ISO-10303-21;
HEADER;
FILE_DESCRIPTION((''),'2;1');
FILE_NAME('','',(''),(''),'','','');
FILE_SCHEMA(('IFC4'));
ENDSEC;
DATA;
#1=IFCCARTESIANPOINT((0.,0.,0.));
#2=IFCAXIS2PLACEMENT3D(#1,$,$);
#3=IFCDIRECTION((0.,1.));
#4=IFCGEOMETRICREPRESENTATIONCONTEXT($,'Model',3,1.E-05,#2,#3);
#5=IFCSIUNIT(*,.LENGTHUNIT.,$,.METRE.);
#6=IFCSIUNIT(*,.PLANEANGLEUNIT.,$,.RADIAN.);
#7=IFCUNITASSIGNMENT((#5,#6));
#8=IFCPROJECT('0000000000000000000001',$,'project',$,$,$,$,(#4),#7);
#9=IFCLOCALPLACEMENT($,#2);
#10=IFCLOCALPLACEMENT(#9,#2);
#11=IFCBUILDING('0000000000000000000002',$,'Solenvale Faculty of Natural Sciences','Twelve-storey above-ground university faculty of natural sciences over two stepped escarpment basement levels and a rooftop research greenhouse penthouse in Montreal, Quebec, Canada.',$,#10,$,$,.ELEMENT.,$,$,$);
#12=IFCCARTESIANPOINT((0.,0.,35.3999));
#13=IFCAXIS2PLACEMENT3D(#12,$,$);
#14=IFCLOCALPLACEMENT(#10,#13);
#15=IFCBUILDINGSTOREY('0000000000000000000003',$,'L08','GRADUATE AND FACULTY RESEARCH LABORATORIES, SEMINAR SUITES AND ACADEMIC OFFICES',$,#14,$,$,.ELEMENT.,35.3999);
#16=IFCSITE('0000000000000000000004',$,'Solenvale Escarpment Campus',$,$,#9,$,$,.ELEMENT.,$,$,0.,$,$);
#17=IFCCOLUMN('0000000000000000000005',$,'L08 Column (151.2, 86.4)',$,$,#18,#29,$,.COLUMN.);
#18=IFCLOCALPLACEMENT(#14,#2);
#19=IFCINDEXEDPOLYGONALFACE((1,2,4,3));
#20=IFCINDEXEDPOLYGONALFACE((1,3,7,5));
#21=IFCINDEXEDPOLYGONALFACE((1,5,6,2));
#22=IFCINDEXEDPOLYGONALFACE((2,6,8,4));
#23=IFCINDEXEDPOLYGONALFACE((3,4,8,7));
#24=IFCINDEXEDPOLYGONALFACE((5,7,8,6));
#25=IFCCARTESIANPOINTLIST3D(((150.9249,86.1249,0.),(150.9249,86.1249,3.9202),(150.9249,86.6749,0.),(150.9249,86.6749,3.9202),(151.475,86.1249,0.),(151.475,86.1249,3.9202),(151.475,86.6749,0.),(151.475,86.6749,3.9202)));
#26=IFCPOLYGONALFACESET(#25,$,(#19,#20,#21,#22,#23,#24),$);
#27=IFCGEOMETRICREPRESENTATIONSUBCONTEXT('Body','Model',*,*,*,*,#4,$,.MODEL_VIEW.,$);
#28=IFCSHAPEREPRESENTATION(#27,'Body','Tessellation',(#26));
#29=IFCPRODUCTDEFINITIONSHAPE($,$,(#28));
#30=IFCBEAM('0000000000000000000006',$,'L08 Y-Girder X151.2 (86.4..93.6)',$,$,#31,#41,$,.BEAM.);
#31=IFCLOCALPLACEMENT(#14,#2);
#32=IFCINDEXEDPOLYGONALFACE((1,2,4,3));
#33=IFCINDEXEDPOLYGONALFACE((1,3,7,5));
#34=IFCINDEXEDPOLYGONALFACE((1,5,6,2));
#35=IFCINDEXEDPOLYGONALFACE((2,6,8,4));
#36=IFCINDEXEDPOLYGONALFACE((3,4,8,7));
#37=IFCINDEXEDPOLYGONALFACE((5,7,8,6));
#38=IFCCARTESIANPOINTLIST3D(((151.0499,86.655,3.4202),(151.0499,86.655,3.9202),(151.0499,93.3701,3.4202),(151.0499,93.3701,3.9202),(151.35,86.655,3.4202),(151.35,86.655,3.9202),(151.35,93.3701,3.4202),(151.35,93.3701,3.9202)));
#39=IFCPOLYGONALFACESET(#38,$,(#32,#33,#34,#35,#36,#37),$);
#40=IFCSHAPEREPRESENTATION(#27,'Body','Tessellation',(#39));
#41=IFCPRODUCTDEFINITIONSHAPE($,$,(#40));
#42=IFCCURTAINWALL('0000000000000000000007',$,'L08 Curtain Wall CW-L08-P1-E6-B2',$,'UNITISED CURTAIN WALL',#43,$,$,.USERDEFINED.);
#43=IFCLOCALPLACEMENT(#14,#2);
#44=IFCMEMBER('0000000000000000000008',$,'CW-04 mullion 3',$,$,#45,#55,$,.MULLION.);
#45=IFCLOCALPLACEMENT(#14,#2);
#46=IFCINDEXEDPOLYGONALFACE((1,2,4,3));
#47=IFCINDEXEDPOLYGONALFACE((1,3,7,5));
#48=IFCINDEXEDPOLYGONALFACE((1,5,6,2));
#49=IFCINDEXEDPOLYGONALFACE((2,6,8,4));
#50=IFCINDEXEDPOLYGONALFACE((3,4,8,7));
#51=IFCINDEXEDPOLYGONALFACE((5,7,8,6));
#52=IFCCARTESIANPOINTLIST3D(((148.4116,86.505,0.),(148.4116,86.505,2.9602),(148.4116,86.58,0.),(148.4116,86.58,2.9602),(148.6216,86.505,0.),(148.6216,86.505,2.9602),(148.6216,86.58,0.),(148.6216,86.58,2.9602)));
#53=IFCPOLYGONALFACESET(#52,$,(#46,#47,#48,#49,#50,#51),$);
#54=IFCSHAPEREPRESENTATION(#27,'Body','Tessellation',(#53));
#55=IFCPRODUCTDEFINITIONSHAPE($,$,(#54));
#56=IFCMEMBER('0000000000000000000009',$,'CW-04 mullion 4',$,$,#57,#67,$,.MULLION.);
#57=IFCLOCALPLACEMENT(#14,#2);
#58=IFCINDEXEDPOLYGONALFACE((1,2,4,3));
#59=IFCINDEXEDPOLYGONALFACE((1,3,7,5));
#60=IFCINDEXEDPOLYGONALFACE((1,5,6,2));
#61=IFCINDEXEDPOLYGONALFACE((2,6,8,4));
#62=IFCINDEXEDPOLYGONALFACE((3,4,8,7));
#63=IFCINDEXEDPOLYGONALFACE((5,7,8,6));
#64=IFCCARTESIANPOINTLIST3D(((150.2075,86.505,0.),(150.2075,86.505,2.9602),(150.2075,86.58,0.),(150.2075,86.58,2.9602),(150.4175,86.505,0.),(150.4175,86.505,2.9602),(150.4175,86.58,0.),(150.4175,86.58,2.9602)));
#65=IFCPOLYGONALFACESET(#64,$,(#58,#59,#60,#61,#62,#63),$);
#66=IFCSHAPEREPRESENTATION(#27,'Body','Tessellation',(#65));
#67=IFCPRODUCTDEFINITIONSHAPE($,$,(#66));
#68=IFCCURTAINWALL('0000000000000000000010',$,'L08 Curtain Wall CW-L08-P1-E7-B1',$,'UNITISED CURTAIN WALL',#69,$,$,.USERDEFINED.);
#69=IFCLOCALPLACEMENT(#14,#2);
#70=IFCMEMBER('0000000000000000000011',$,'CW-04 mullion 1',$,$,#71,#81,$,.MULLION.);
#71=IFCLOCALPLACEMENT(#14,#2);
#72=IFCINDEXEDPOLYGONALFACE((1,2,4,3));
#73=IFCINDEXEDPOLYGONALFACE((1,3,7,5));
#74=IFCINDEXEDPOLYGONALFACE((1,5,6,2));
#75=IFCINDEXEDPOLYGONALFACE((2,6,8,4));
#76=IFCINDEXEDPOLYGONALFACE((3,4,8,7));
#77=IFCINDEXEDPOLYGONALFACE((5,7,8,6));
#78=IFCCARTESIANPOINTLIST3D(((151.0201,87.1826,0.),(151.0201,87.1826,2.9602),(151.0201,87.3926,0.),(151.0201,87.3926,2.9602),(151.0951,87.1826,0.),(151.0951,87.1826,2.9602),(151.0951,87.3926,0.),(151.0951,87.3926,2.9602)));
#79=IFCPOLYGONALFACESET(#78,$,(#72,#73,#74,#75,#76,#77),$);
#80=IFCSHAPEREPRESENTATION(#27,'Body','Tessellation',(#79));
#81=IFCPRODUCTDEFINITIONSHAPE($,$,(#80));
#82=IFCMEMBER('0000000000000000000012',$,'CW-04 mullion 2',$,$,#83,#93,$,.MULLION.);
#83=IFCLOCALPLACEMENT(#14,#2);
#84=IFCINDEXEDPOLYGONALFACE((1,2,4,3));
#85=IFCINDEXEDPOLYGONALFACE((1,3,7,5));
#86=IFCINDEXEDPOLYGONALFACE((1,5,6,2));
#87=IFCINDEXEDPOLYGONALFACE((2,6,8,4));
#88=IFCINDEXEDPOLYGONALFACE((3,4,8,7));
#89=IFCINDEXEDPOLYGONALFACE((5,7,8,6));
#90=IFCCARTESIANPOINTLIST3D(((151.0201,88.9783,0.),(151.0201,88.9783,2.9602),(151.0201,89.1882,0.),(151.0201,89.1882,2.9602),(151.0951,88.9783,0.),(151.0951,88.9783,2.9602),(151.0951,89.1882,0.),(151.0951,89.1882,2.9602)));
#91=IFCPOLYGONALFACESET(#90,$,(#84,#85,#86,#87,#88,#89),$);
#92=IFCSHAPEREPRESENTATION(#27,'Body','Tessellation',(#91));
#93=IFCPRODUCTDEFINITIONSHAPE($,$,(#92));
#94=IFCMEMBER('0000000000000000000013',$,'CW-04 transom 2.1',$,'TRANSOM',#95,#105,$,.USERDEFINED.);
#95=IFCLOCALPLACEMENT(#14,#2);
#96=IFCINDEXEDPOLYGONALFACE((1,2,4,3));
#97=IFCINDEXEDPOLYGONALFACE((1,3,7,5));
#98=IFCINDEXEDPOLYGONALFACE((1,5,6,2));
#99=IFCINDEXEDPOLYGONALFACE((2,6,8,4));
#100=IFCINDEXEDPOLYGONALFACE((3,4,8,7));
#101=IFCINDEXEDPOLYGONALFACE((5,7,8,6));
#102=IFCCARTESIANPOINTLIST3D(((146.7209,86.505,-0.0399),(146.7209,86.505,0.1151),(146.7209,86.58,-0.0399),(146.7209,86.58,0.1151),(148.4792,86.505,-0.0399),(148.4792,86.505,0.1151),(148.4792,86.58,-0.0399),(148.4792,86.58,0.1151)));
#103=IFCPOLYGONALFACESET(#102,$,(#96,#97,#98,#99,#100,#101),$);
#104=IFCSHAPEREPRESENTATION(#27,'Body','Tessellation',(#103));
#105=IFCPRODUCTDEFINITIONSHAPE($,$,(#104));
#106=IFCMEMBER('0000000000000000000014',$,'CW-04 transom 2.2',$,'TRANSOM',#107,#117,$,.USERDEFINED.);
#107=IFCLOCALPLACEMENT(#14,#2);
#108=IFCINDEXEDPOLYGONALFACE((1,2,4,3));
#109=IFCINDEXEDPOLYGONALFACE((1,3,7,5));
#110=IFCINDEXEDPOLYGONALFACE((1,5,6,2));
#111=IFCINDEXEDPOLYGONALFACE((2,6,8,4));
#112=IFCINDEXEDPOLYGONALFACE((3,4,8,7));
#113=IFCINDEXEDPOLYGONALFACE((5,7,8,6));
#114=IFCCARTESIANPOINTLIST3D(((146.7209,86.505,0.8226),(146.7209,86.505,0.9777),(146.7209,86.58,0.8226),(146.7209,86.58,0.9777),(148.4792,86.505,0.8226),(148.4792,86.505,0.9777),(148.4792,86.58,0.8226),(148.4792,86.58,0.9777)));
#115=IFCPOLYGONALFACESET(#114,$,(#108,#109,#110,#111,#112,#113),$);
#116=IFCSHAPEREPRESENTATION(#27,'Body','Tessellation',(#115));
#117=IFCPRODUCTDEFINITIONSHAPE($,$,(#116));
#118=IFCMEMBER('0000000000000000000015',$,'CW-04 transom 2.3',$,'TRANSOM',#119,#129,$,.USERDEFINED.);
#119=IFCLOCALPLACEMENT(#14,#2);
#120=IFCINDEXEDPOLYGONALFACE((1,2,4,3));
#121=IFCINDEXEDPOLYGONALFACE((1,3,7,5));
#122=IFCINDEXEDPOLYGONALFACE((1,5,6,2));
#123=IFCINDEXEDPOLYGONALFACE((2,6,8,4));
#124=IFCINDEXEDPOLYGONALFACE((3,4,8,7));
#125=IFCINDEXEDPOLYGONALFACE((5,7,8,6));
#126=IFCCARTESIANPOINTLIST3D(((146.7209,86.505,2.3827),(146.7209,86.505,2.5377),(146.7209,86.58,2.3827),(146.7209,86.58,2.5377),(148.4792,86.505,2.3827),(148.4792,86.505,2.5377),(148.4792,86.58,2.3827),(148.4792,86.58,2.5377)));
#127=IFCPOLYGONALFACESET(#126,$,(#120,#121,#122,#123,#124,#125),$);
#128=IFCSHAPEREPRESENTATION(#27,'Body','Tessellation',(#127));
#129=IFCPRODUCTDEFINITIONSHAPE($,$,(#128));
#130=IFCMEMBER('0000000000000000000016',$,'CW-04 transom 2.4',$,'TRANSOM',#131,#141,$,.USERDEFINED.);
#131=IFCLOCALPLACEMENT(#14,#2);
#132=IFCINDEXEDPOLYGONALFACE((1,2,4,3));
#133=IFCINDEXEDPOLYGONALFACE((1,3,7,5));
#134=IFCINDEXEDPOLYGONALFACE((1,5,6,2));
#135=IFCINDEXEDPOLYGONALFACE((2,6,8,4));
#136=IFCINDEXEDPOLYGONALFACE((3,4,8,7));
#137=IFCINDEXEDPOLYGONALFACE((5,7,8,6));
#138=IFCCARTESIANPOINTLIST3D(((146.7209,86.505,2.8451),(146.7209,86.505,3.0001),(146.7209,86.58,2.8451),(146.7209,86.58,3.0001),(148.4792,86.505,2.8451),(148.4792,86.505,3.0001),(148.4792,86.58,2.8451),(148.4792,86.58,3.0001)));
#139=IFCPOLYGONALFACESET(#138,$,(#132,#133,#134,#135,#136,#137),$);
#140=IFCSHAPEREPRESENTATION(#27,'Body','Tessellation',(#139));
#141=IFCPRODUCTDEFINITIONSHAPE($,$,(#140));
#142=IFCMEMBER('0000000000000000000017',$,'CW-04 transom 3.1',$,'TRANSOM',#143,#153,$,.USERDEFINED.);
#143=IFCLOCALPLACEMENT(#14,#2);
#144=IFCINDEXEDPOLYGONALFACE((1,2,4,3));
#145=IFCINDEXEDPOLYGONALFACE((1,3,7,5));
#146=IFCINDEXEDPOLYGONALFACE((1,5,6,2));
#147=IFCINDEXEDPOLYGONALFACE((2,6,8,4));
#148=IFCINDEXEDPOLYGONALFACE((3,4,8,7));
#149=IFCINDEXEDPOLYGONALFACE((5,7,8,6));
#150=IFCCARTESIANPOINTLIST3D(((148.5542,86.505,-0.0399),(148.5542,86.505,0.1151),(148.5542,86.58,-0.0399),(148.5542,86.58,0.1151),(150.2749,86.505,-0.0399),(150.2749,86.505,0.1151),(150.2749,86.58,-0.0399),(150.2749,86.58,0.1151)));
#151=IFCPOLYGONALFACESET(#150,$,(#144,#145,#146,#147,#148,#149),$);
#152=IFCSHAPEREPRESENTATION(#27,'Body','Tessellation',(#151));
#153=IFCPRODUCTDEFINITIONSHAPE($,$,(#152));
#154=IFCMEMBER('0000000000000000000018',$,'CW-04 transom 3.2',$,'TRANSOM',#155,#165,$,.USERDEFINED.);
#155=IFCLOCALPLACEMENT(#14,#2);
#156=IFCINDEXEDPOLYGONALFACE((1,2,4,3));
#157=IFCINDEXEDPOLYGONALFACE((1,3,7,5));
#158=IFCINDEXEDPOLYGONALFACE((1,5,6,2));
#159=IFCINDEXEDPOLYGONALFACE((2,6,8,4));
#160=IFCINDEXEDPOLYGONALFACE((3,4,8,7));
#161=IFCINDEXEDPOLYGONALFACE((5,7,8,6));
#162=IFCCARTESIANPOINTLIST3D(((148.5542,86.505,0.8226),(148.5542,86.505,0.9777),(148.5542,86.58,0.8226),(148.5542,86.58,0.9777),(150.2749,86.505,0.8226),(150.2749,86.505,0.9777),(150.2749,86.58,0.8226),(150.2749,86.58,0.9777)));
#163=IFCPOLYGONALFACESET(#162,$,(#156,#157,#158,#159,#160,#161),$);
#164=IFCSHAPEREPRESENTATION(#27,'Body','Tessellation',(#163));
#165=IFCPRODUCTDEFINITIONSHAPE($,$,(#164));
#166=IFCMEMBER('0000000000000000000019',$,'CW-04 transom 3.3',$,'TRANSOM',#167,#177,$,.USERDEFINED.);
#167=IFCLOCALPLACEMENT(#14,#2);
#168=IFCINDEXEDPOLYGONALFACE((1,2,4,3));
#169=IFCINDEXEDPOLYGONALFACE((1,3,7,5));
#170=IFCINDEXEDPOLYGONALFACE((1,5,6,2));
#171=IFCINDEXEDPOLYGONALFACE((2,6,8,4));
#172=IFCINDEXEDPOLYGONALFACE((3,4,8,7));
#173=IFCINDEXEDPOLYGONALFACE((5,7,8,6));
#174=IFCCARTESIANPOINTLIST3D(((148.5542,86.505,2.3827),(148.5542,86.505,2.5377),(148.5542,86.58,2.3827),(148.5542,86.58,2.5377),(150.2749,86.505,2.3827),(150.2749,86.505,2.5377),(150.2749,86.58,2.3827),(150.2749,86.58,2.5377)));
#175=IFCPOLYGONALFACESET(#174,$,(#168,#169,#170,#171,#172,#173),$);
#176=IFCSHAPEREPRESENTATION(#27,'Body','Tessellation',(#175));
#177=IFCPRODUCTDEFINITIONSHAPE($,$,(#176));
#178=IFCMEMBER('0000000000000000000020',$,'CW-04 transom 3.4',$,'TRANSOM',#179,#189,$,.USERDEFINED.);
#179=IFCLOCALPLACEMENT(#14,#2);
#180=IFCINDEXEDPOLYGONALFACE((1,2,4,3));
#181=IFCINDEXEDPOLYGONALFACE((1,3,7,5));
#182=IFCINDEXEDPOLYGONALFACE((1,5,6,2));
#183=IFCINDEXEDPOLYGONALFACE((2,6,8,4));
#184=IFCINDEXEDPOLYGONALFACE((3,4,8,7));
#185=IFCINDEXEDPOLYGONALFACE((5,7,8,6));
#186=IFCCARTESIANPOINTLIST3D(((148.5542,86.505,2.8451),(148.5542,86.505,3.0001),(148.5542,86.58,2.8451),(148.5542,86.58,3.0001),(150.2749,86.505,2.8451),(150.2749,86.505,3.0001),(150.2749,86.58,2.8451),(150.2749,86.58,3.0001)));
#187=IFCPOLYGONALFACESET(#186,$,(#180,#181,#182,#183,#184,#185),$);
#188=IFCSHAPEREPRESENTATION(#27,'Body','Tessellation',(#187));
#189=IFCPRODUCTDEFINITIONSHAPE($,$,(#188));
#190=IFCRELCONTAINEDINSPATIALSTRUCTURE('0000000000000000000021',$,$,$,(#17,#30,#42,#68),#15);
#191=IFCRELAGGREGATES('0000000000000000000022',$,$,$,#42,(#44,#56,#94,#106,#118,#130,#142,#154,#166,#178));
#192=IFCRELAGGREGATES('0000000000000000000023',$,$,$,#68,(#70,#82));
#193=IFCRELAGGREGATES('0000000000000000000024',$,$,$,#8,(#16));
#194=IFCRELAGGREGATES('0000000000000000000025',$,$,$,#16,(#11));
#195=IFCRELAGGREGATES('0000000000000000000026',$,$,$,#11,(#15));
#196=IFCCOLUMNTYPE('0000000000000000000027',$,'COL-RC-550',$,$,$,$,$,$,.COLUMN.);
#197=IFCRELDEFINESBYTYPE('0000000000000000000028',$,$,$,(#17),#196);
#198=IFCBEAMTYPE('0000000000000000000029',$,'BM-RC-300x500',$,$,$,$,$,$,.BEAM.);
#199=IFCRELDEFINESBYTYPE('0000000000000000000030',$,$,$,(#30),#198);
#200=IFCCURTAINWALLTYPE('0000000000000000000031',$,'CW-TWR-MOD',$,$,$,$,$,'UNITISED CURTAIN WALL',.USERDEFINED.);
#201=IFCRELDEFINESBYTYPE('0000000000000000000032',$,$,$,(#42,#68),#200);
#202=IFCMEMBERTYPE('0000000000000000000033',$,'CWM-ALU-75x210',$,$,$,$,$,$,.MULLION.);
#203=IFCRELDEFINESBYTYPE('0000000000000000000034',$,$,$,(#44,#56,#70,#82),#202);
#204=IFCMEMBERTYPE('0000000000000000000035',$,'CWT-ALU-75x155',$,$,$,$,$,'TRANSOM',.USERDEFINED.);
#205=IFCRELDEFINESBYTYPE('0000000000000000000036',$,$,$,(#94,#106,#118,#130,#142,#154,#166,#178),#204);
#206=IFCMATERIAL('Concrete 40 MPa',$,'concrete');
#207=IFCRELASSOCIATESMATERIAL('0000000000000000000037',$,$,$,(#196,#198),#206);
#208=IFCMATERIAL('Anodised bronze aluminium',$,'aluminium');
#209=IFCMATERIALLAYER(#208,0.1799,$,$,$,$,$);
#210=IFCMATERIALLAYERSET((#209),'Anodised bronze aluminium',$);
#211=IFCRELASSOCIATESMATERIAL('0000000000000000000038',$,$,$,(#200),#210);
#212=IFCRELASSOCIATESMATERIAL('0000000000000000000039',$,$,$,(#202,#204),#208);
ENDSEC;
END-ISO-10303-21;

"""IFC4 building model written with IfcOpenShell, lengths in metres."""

from ifc_helpers import new_model, si_unit, direction, frame, origin, origin_2d, place, context, subcontext, project, spatial, rectangle, extrude, material, layer, layer_set, material_profile, profile_set, type_object, element, aggregate, save


model = new_model("IFC4")

# Units and contexts
model_context = context("Model", 3, precision=1e-05, world=origin(), true_north=direction((0.0, 1.0)))
body_context = subcontext(model_context, "Body", "Model", "MODEL_VIEW")
ifc_project = project(units=[si_unit("LENGTHUNIT", "METRE"), si_unit("PLANEANGLEUNIT", "RADIAN")], contexts=[model_context])

# Site, building, storey
site_placement = place(None, origin())
site = spatial("IfcSite", under=ifc_project, at=site_placement, Name="Solenvale Escarpment Campus", CompositionType="ELEMENT", RefElevation=0.0)
building_placement = place(site_placement, origin())
building = spatial("IfcBuilding", under=site, at=building_placement, Name="Solenvale Faculty of Natural Sciences", Description="Twelve-storey above-ground university faculty of natural sciences over two stepped escarpment basement levels and a rooftop research greenhouse penthouse in Montreal, Quebec, Canada.", CompositionType="ELEMENT")
storey_placement = place(building_placement, frame((0.0, 0.0, 35.3999)))
storey = spatial("IfcBuildingStorey", under=building, at=storey_placement, Name="L08", Description="GRADUATE AND FACULTY RESEARCH LABORATORIES, SEMINAR SUITES AND ACADEMIC OFFICES", CompositionType="ELEMENT", Elevation=35.3999)

# Column
ifc_material_1 = material(Name="Concrete 40 MPa", Category="concrete")
ifc_material_profile_1 = material_profile(ifc_material_1, rectangle(XDim=0.55, YDim=0.55, at=origin_2d()), Name="RC-COL-550x550")
ifc_profile_set_1 = profile_set([ifc_material_profile_1], Name="Concrete 40 MPa")
column_type = type_object("IfcColumnType", Name="COL-RC-550", PredefinedType="COLUMN", material=ifc_profile_set_1)
column_placement = place(storey_placement, frame((151.2, 86.3999, 0.0), z_axis=(0.0, 0.0, 1.0), x_axis=(1.0, 0.0, 0.0)))
element("IfcColumn", 1, at=column_placement, inside=storey, type_object=column_type, Name="L08 Column (151.2, 86.4)", PredefinedType="COLUMN", context=body_context, shape_type="SweptSolid", body=[
    extrude(rectangle(XDim=0.55, YDim=0.55, at=origin_2d()), origin(), (0.0, 0.0, 1.0), 3.9202),
])

# Beam
ifc_material_profile_2 = material_profile(ifc_material_1, rectangle(XDim=0.3, YDim=0.5, at=origin_2d()), Name="RC-BM-300x500")
ifc_profile_set_2 = profile_set([ifc_material_profile_2], Name="Concrete 40 MPa")
beam_type = type_object("IfcBeamType", Name="BM-RC-300x500", PredefinedType="BEAM", material=ifc_profile_set_2)
beam_placement = place(storey_placement, frame((151.2, 86.655, 3.6702), z_axis=(0.0, 1.0, 0.0), x_axis=(-1.0, 0.0, 0.0)))
element("IfcBeam", 2, at=beam_placement, inside=storey, type_object=beam_type, Name="L08 Y-Girder X151.2 (86.4..93.6)", PredefinedType="BEAM", context=body_context, shape_type="SweptSolid", body=[
    extrude(rectangle(XDim=0.3, YDim=0.5, at=origin_2d()), origin(), (0.0, 0.0, 1.0), 6.7151),
])

# Curtain walls, members
ifc_material_2 = material(Name="Anodised bronze aluminium", Category="aluminium")
ifc_layer_1 = layer(ifc_material_2, 0.1799)
ifc_layer_set_1 = layer_set([ifc_layer_1], Name="Anodised bronze aluminium")
curtain_wall_type = type_object("IfcCurtainWallType", Name="CW-TWR-MOD", ElementType="UNITISED CURTAIN WALL", PredefinedType="USERDEFINED", material=ifc_layer_set_1)
curtain_wall_1_placement = place(storey_placement, origin())
curtain_wall_1 = element("IfcCurtainWall", 3, at=curtain_wall_1_placement, inside=storey, type_object=curtain_wall_type, Name="L08 Curtain Wall CW-L08-P1-E6-B2", ObjectType="UNITISED CURTAIN WALL", PredefinedType="USERDEFINED")
ifc_material_profile_3 = material_profile(ifc_material_2, rectangle(XDim=0.075, YDim=0.21, at=origin_2d()), Name="ALU-MUL-75x210")
ifc_profile_set_3 = profile_set([ifc_material_profile_3], Name="Anodised bronze aluminium")
member_type_1 = type_object("IfcMemberType", Name="CWM-ALU-75x210", PredefinedType="MULLION", material=ifc_profile_set_3)
member_1_placement = place(storey_placement, frame((148.5166, 86.5425, 0.0), z_axis=(0.0, 0.0, 1.0), x_axis=(0.0, 1.0, 0.0)))
member_1 = element("IfcMember", 4, at=member_1_placement, type_object=member_type_1, Name="CW-04 mullion 3", PredefinedType="MULLION", context=body_context, shape_type="SweptSolid", body=[
    extrude(rectangle(XDim=0.075, YDim=0.21, at=origin_2d()), origin(), (0.0, 0.0, 1.0), 2.9602),
])
member_2_placement = place(storey_placement, frame((150.3125, 86.5425, 0.0), z_axis=(0.0, 0.0, 1.0), x_axis=(0.0, 1.0, 0.0)))
member_2 = element("IfcMember", 5, at=member_2_placement, type_object=member_type_1, Name="CW-04 mullion 4", PredefinedType="MULLION", context=body_context, shape_type="SweptSolid", body=[
    extrude(rectangle(XDim=0.075, YDim=0.21, at=origin_2d()), origin(), (0.0, 0.0, 1.0), 2.9602),
])
curtain_wall_2_placement = place(storey_placement, origin())
curtain_wall_2 = element("IfcCurtainWall", 6, at=curtain_wall_2_placement, inside=storey, type_object=curtain_wall_type, Name="L08 Curtain Wall CW-L08-P1-E7-B1", ObjectType="UNITISED CURTAIN WALL", PredefinedType="USERDEFINED")
member_3_placement = place(storey_placement, frame((151.0576, 87.2876, 0.0), z_axis=(0.0, 0.0, 1.0), x_axis=(-1.0, 0.0, 0.0)))
member_3 = element("IfcMember", 7, at=member_3_placement, type_object=member_type_1, Name="CW-04 mullion 1", PredefinedType="MULLION", context=body_context, shape_type="SweptSolid", body=[
    extrude(rectangle(XDim=0.075, YDim=0.21, at=origin_2d()), origin(), (0.0, 0.0, 1.0), 2.9602),
])
member_4_placement = place(storey_placement, frame((151.0576, 89.0833, 0.0), z_axis=(0.0, 0.0, 1.0), x_axis=(-1.0, 0.0, 0.0)))
member_4 = element("IfcMember", 8, at=member_4_placement, type_object=member_type_1, Name="CW-04 mullion 2", PredefinedType="MULLION", context=body_context, shape_type="SweptSolid", body=[
    extrude(rectangle(XDim=0.075, YDim=0.21, at=origin_2d()), origin(), (0.0, 0.0, 1.0), 2.9602),
])

# Members
ifc_material_profile_4 = material_profile(ifc_material_2, rectangle(XDim=0.075, YDim=0.155, at=origin_2d()), Name="ALU-TRN-75x155")
ifc_profile_set_4 = profile_set([ifc_material_profile_4], Name="Anodised bronze aluminium")
member_type_2 = type_object("IfcMemberType", Name="CWT-ALU-75x155", ElementType="TRANSOM", PredefinedType="USERDEFINED", material=ifc_profile_set_4)
member_5_placement = place(storey_placement, frame((146.7209, 86.5425, 0.0376), z_axis=(1.0, 0.0, 0.0), x_axis=(0.0, 1.0, 0.0)))
member_5 = element("IfcMember", 9, at=member_5_placement, type_object=member_type_2, Name="CW-04 transom 2.1", ObjectType="TRANSOM", PredefinedType="USERDEFINED", context=body_context, shape_type="SweptSolid", body=[
    extrude(rectangle(XDim=0.075, YDim=0.155, at=origin_2d()), origin(), (0.0, 0.0, 1.0), 1.7583),
])
member_6_placement = place(storey_placement, frame((146.7209, 86.5425, 0.9001), z_axis=(1.0, 0.0, 0.0), x_axis=(0.0, 1.0, 0.0)))
member_6 = element("IfcMember", 10, at=member_6_placement, type_object=member_type_2, Name="CW-04 transom 2.2", ObjectType="TRANSOM", PredefinedType="USERDEFINED", context=body_context, shape_type="SweptSolid", body=[
    extrude(rectangle(XDim=0.075, YDim=0.155, at=origin_2d()), origin(), (0.0, 0.0, 1.0), 1.7583),
])
member_7_placement = place(storey_placement, frame((146.7209, 86.5425, 2.4602), z_axis=(1.0, 0.0, 0.0), x_axis=(0.0, 1.0, 0.0)))
member_7 = element("IfcMember", 11, at=member_7_placement, type_object=member_type_2, Name="CW-04 transom 2.3", ObjectType="TRANSOM", PredefinedType="USERDEFINED", context=body_context, shape_type="SweptSolid", body=[
    extrude(rectangle(XDim=0.075, YDim=0.155, at=origin_2d()), origin(), (0.0, 0.0, 1.0), 1.7583),
])
member_8_placement = place(storey_placement, frame((146.7209, 86.5425, 2.9226), z_axis=(1.0, 0.0, 0.0), x_axis=(0.0, 1.0, 0.0)))
member_8 = element("IfcMember", 12, at=member_8_placement, type_object=member_type_2, Name="CW-04 transom 2.4", ObjectType="TRANSOM", PredefinedType="USERDEFINED", context=body_context, shape_type="SweptSolid", body=[
    extrude(rectangle(XDim=0.075, YDim=0.155, at=origin_2d()), origin(), (0.0, 0.0, 1.0), 1.7583),
])
member_9_placement = place(storey_placement, frame((148.5542, 86.5425, 0.0376), z_axis=(1.0, 0.0, 0.0), x_axis=(0.0, 1.0, 0.0)))
member_9 = element("IfcMember", 13, at=member_9_placement, type_object=member_type_2, Name="CW-04 transom 3.1", ObjectType="TRANSOM", PredefinedType="USERDEFINED", context=body_context, shape_type="SweptSolid", body=[
    extrude(rectangle(XDim=0.075, YDim=0.155, at=origin_2d()), origin(), (0.0, 0.0, 1.0), 1.7207),
])
member_10_placement = place(storey_placement, frame((148.5542, 86.5425, 0.9001), z_axis=(1.0, 0.0, 0.0), x_axis=(0.0, 1.0, 0.0)))
member_10 = element("IfcMember", 14, at=member_10_placement, type_object=member_type_2, Name="CW-04 transom 3.2", ObjectType="TRANSOM", PredefinedType="USERDEFINED", context=body_context, shape_type="SweptSolid", body=[
    extrude(rectangle(XDim=0.075, YDim=0.155, at=origin_2d()), origin(), (0.0, 0.0, 1.0), 1.7207),
])
member_11_placement = place(storey_placement, frame((148.5542, 86.5425, 2.4602), z_axis=(1.0, 0.0, 0.0), x_axis=(0.0, 1.0, 0.0)))
member_11 = element("IfcMember", 15, at=member_11_placement, type_object=member_type_2, Name="CW-04 transom 3.3", ObjectType="TRANSOM", PredefinedType="USERDEFINED", context=body_context, shape_type="SweptSolid", body=[
    extrude(rectangle(XDim=0.075, YDim=0.155, at=origin_2d()), origin(), (0.0, 0.0, 1.0), 1.7207),
])
member_12_placement = place(storey_placement, frame((148.5542, 86.5425, 2.9226), z_axis=(1.0, 0.0, 0.0), x_axis=(0.0, 1.0, 0.0)))
member_12 = element("IfcMember", 16, at=member_12_placement, type_object=member_type_2, Name="CW-04 transom 3.4", ObjectType="TRANSOM", PredefinedType="USERDEFINED", context=body_context, shape_type="SweptSolid", body=[
    extrude(rectangle(XDim=0.075, YDim=0.155, at=origin_2d()), origin(), (0.0, 0.0, 1.0), 1.7207),
])

aggregate(curtain_wall_1, [member_1, member_2, member_5, member_6, member_7, member_8, member_9, member_10, member_11, member_12])
aggregate(curtain_wall_2, [member_3, member_4])

save(model, "model.ifc")
